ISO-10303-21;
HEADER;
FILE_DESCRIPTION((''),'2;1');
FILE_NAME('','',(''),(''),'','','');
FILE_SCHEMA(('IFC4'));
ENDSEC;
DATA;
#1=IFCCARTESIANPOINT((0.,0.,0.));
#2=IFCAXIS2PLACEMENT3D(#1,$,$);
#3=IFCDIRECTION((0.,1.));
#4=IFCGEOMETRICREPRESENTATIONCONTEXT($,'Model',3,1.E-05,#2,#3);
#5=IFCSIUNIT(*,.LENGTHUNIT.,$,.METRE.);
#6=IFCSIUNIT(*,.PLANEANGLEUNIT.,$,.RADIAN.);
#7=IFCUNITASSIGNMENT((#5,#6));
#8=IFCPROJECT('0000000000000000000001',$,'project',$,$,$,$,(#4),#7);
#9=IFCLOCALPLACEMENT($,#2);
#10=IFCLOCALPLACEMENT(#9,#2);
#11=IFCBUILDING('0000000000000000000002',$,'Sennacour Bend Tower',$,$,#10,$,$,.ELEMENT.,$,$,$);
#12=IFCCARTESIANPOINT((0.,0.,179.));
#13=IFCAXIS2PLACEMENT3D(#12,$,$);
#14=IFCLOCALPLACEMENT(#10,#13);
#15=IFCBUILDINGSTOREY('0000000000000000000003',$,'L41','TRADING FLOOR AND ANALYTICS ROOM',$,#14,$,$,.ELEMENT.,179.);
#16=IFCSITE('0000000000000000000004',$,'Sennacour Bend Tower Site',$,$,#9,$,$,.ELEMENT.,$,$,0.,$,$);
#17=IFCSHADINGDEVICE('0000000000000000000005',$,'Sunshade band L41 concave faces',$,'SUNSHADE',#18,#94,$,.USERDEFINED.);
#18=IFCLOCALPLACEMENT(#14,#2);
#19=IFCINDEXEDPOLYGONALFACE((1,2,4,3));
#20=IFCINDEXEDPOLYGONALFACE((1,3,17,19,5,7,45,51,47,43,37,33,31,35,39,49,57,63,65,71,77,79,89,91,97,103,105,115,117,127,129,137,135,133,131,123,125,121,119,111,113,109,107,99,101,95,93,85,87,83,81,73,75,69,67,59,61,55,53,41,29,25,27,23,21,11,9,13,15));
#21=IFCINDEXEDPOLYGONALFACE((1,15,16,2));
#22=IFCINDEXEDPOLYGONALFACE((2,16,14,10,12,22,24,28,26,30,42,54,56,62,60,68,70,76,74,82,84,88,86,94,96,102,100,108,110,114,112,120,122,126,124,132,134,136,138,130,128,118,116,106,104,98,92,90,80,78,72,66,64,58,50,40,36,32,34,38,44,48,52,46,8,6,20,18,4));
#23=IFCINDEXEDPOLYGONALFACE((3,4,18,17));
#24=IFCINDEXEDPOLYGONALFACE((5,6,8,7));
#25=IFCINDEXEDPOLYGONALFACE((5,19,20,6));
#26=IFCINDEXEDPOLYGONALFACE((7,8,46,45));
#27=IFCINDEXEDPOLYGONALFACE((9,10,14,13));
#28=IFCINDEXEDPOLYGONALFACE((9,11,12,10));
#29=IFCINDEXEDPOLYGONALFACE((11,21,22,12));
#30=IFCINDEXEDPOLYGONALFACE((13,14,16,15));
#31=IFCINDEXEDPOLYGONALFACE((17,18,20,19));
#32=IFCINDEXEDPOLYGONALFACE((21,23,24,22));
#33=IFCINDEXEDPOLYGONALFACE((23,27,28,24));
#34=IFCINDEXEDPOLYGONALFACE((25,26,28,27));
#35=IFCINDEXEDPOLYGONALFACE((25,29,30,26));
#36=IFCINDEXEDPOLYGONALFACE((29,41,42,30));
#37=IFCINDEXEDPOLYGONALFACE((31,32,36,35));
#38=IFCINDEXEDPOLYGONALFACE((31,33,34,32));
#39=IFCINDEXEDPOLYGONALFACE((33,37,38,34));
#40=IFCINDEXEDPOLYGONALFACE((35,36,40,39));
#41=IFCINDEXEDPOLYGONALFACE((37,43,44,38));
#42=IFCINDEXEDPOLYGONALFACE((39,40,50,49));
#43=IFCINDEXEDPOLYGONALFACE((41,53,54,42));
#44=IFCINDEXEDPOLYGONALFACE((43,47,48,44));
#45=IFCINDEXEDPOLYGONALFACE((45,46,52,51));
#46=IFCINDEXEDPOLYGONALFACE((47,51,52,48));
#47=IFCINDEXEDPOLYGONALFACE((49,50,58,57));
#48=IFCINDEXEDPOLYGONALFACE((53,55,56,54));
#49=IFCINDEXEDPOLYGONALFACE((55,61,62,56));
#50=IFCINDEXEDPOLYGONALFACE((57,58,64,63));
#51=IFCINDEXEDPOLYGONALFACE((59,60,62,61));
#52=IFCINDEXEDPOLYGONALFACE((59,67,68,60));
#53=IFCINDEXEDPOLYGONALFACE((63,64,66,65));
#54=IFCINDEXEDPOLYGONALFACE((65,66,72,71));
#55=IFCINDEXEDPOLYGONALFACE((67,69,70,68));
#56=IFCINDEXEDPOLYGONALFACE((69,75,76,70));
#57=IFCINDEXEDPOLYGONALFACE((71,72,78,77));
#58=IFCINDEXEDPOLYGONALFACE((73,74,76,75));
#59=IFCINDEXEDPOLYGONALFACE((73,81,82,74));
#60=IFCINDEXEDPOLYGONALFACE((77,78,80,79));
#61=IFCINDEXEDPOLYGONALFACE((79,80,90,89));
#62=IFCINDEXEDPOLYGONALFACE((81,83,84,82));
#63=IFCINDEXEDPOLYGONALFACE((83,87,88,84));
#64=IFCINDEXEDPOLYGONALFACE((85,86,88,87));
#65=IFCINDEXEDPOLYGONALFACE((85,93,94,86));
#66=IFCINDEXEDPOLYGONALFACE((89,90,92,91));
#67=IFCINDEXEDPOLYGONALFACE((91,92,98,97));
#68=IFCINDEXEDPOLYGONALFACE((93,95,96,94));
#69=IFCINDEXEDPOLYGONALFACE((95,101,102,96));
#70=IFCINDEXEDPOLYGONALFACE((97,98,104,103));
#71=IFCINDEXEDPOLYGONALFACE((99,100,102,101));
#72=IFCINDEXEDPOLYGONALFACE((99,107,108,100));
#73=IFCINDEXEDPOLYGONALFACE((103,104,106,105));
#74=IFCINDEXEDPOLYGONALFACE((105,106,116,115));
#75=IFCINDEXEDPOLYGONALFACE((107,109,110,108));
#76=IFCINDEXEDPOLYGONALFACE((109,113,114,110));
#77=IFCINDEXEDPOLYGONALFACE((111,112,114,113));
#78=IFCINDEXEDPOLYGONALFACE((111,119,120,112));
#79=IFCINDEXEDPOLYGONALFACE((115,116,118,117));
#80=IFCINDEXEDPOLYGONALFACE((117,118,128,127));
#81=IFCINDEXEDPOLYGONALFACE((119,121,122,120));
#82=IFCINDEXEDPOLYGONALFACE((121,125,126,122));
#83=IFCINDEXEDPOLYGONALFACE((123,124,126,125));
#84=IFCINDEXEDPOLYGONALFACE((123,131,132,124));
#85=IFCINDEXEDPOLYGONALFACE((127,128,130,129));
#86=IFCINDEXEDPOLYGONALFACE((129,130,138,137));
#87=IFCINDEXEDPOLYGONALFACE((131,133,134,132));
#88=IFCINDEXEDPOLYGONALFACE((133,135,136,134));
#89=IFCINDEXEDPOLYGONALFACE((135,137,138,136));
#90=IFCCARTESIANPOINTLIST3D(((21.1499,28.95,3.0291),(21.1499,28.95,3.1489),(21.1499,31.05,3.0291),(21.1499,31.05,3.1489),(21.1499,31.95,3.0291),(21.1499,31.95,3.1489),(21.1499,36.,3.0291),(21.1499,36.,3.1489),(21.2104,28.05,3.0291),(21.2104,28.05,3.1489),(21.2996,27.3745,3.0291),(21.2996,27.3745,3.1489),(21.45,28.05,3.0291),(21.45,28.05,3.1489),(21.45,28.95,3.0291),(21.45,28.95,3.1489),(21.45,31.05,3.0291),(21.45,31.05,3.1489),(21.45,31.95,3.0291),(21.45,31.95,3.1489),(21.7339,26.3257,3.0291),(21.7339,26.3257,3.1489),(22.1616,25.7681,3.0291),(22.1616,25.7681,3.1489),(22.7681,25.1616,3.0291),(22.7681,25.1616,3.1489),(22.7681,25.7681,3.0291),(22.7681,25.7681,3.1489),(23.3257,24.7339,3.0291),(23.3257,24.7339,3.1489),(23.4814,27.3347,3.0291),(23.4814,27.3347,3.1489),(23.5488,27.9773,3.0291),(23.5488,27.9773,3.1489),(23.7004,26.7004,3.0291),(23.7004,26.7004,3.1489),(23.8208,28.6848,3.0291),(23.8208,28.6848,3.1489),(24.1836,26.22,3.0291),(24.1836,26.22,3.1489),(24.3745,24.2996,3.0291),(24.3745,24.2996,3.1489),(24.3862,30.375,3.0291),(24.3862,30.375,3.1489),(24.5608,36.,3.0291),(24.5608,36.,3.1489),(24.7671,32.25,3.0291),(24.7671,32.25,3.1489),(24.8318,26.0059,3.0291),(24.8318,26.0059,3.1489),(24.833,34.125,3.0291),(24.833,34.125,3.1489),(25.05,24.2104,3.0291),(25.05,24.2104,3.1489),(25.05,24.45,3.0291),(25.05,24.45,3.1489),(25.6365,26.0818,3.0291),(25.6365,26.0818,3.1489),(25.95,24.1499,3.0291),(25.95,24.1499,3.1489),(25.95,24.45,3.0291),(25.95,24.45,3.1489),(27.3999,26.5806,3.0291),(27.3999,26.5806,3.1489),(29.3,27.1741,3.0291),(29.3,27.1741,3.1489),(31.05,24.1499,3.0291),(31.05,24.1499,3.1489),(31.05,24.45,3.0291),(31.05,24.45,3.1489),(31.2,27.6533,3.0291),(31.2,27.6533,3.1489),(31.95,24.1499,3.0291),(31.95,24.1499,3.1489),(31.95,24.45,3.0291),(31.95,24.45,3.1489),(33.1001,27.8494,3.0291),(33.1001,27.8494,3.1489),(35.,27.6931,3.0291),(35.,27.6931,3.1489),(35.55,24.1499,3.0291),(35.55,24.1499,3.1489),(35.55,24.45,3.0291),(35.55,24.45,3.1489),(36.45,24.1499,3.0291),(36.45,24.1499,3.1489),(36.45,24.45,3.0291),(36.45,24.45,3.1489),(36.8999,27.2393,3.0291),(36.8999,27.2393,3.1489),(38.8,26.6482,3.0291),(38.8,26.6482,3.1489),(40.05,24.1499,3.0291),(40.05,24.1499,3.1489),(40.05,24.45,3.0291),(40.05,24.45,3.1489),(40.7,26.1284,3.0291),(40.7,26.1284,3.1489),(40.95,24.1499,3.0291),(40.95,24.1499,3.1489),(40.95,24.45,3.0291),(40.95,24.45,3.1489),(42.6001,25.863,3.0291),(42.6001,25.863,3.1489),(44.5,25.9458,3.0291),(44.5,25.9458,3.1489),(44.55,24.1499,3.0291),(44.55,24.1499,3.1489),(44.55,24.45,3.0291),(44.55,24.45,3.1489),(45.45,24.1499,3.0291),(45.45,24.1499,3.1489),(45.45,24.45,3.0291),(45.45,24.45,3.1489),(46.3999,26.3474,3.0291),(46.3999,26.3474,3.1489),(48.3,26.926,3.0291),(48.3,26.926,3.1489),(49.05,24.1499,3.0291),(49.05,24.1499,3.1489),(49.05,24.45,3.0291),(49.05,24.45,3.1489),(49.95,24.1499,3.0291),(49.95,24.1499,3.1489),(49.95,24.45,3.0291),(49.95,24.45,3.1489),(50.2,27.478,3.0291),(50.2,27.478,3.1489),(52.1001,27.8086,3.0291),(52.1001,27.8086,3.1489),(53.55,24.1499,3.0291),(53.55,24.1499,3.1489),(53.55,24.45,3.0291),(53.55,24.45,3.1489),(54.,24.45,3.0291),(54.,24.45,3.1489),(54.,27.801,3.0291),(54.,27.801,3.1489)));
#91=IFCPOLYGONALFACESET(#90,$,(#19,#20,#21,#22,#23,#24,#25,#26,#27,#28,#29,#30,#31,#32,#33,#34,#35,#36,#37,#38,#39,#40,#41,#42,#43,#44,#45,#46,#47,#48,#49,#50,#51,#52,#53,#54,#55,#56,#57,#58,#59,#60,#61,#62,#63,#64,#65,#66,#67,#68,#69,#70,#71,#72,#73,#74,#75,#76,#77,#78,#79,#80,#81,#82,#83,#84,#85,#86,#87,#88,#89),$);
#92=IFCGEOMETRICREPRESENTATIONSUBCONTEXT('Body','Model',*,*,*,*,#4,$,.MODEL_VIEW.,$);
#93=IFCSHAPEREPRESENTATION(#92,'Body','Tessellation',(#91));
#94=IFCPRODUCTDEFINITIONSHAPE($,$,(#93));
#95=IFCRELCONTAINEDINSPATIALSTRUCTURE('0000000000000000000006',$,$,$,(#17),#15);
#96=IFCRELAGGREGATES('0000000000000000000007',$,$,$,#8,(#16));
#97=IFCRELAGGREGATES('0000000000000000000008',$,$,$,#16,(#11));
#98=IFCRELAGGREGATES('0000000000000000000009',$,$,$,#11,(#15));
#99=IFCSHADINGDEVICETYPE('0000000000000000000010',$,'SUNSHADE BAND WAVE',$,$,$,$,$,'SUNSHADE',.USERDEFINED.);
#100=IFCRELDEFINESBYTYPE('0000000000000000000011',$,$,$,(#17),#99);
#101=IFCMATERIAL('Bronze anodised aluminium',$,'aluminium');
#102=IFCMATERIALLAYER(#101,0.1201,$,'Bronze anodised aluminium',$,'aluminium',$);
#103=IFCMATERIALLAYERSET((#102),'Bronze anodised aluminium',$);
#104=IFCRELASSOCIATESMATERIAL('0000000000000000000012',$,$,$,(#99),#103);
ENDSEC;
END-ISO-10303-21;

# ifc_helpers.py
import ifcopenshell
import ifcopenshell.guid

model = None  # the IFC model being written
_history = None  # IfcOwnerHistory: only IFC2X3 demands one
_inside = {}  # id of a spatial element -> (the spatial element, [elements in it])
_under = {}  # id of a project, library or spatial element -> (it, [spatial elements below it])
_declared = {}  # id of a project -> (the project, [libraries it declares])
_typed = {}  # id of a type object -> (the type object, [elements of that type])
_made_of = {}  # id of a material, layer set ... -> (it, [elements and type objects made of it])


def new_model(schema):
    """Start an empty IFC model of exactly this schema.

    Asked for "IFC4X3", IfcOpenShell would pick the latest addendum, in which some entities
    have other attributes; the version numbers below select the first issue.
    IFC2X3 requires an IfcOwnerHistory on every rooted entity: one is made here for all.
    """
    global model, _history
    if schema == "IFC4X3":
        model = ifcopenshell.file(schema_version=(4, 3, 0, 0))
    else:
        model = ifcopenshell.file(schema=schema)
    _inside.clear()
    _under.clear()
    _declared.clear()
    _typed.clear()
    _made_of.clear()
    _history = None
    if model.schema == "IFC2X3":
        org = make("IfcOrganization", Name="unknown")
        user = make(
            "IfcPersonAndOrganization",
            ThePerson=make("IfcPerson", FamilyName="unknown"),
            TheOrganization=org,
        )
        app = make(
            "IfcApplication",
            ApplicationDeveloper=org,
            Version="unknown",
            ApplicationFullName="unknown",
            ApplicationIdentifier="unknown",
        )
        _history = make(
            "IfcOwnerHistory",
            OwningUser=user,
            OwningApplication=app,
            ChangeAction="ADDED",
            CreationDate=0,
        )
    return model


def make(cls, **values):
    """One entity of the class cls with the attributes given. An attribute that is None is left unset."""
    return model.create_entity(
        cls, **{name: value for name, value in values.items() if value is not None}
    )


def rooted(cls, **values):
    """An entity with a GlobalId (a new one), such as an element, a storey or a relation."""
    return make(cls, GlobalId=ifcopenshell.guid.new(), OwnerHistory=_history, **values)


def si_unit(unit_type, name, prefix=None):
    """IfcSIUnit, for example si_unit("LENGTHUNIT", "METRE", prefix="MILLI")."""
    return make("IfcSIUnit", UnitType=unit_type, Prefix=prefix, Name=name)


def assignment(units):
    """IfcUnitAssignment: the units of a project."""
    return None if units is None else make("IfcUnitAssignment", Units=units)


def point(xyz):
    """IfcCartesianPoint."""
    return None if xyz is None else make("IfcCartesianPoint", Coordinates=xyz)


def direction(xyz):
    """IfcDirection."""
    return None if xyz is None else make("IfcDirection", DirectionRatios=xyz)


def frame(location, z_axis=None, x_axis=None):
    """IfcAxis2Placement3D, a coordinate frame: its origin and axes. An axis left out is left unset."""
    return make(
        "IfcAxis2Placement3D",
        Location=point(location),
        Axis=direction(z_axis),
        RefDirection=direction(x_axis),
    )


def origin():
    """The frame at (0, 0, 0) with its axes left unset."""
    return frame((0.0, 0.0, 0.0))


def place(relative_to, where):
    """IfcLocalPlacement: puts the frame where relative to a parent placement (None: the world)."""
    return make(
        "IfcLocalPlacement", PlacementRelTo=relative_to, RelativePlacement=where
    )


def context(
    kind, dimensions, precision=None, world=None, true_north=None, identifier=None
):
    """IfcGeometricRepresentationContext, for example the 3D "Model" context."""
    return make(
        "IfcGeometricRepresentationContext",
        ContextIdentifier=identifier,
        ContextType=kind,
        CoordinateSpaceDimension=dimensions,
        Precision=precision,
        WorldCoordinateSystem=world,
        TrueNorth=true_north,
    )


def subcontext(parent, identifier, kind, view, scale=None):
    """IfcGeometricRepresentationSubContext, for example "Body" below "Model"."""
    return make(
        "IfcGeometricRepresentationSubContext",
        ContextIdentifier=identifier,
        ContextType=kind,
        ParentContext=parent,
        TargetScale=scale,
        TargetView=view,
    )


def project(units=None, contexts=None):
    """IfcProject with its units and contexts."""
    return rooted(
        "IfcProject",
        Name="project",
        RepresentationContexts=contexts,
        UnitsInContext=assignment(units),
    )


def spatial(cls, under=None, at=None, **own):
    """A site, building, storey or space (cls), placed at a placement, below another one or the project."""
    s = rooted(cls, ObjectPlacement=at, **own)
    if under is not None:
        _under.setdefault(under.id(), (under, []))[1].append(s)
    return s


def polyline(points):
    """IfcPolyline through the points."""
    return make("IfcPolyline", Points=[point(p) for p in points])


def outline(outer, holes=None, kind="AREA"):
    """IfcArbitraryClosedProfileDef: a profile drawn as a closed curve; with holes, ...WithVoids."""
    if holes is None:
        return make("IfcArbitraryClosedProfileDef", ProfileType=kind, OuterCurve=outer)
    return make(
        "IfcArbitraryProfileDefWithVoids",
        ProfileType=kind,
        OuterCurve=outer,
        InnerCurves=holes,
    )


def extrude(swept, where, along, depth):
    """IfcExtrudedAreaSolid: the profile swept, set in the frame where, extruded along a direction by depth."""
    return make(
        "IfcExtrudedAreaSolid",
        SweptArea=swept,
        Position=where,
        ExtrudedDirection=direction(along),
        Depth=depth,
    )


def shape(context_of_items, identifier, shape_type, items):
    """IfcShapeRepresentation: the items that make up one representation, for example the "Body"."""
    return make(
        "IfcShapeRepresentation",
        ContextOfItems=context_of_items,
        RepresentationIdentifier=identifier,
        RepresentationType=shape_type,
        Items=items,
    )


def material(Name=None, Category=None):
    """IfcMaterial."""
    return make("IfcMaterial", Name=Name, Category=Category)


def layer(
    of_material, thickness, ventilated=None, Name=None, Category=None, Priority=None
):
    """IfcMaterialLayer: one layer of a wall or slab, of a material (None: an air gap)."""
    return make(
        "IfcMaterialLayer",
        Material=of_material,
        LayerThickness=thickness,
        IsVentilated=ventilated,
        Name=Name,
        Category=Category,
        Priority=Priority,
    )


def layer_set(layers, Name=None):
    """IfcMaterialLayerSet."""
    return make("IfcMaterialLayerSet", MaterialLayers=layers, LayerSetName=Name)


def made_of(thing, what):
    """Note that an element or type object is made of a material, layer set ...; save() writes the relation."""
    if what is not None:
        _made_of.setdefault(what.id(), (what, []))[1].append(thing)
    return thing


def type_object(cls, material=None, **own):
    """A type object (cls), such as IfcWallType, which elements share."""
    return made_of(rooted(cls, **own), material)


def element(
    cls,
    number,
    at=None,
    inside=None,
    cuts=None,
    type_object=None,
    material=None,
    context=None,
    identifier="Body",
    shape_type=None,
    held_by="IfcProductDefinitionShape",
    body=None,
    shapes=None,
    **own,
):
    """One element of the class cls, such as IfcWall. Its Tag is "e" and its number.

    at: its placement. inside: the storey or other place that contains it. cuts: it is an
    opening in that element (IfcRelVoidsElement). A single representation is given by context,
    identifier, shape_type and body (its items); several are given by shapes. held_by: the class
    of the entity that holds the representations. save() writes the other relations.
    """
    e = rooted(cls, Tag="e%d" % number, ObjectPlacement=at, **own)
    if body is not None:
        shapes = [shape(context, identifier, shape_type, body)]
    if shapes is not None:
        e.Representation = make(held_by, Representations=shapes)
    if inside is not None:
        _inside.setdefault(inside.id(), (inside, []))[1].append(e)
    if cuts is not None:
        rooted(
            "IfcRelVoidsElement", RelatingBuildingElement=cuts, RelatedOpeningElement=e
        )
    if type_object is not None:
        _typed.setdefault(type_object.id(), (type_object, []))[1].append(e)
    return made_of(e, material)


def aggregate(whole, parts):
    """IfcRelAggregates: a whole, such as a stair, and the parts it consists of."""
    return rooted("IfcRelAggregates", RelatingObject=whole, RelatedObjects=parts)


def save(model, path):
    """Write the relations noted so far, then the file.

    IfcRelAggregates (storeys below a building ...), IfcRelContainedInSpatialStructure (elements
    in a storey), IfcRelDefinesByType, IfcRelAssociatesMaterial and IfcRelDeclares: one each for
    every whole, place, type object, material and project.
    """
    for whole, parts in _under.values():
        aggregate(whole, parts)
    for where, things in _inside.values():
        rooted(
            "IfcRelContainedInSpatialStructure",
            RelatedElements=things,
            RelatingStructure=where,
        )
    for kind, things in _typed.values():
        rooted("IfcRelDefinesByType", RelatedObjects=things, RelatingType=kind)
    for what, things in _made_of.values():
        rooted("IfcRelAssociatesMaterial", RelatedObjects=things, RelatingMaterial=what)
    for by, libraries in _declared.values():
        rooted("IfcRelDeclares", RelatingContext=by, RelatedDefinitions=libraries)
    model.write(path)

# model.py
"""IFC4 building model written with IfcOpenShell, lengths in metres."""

from ifc_helpers import new_model, si_unit, direction, frame, origin, place, context, subcontext, project, spatial, polyline, outline, extrude, material, layer, layer_set, type_object, element, save


model = new_model("IFC4")

# Units and contexts
model_context = context("Model", 3, precision=1e-05, world=origin(), true_north=direction((0.0, 1.0)))
body_context = subcontext(model_context, "Body", "Model", "MODEL_VIEW")
ifc_project = project(units=[si_unit("LENGTHUNIT", "METRE"), si_unit("PLANEANGLEUNIT", "RADIAN")], contexts=[model_context])

# Site, building, storey
site_placement = place(None, origin())
site = spatial("IfcSite", under=ifc_project, at=site_placement, Name="Sennacour Bend Tower Site", CompositionType="ELEMENT", RefElevation=0.0)
building_placement = place(site_placement, origin())
building = spatial("IfcBuilding", under=site, at=building_placement, Name="Sennacour Bend Tower", CompositionType="ELEMENT")
storey_placement = place(building_placement, frame((0.0, 0.0, 179.0)))
storey = spatial("IfcBuildingStorey", under=building, at=storey_placement, Name="L41", Description="TRADING FLOOR AND ANALYTICS ROOM", CompositionType="ELEMENT", Elevation=179.0)

# Shading device
ifc_material_1 = material(Name="Bronze anodised aluminium", Category="aluminium")
ifc_layer_1 = layer(ifc_material_1, 0.1201, Name="Bronze anodised aluminium", Category="aluminium")
ifc_layer_set_1 = layer_set([ifc_layer_1], Name="Bronze anodised aluminium")
shading_device_type_1 = type_object("IfcShadingDeviceType", Name="SUNSHADE BAND WAVE", ElementType="SUNSHADE", PredefinedType="USERDEFINED", material=ifc_layer_set_1)
shading_device_1_placement = place(storey_placement, frame((0.0, 0.0, 3.0291)))
element("IfcShadingDevice", 1, at=shading_device_1_placement, inside=storey, type_object=shading_device_type_1, Name="Sunshade band L41 concave faces", ObjectType="SUNSHADE", PredefinedType="USERDEFINED", context=body_context, shape_type="SweptSolid", body=[
    extrude(outline(polyline([(53.55, 24.1499), (49.95, 24.1499), (49.95, 24.45), (49.05, 24.45), (49.05, 24.1499), (45.45, 24.1499), (45.45, 24.45), (44.55, 24.45), (44.55, 24.1499), (40.95, 24.1499), (40.95, 24.45), (40.05, 24.45), (40.05, 24.1499), (36.45, 24.1499), (36.45, 24.45), (35.55, 24.45), (35.55, 24.1499), (31.95, 24.1499), (31.95, 24.45), (31.05, 24.45), (31.05, 24.1499), (25.95, 24.1499), (25.95, 24.45), (25.05, 24.45), (25.05, 24.2104), (24.3745, 24.2996), (23.3257, 24.7339), (22.7681, 25.1616), (22.7681, 25.7681), (22.1616, 25.7681), (21.7339, 26.3257), (21.2996, 27.3745), (21.2104, 28.05), (21.45, 28.05), (21.45, 28.95), (21.1499, 28.95), (21.1499, 31.05), (21.45, 31.05), (21.45, 31.95), (21.1499, 31.95), (21.1499, 36.0), (24.5608, 36.0), (24.833, 34.125), (24.7671, 32.25), (24.3862, 30.375), (23.8208, 28.6848), (23.5488, 27.9773), (23.4814, 27.3347), (23.7004, 26.7004), (24.1836, 26.22), (24.8318, 26.0059), (25.6365, 26.0818), (27.3999, 26.5806), (29.3, 27.1741), (31.2, 27.6533), (33.1001, 27.8494), (35.0, 27.6931), (36.8999, 27.2393), (38.8, 26.6482), (40.7, 26.1284), (42.6001, 25.863), (44.5, 25.9458), (46.3999, 26.3474), (48.3, 26.926), (50.2, 27.478), (52.1001, 27.8086), (54.0, 27.801), (54.0, 24.45), (53.55, 24.45), (53.55, 24.1499)])), origin(), (0.0, 0.0, 1.0), 0.1199),
])

save(model, "model.ifc")
